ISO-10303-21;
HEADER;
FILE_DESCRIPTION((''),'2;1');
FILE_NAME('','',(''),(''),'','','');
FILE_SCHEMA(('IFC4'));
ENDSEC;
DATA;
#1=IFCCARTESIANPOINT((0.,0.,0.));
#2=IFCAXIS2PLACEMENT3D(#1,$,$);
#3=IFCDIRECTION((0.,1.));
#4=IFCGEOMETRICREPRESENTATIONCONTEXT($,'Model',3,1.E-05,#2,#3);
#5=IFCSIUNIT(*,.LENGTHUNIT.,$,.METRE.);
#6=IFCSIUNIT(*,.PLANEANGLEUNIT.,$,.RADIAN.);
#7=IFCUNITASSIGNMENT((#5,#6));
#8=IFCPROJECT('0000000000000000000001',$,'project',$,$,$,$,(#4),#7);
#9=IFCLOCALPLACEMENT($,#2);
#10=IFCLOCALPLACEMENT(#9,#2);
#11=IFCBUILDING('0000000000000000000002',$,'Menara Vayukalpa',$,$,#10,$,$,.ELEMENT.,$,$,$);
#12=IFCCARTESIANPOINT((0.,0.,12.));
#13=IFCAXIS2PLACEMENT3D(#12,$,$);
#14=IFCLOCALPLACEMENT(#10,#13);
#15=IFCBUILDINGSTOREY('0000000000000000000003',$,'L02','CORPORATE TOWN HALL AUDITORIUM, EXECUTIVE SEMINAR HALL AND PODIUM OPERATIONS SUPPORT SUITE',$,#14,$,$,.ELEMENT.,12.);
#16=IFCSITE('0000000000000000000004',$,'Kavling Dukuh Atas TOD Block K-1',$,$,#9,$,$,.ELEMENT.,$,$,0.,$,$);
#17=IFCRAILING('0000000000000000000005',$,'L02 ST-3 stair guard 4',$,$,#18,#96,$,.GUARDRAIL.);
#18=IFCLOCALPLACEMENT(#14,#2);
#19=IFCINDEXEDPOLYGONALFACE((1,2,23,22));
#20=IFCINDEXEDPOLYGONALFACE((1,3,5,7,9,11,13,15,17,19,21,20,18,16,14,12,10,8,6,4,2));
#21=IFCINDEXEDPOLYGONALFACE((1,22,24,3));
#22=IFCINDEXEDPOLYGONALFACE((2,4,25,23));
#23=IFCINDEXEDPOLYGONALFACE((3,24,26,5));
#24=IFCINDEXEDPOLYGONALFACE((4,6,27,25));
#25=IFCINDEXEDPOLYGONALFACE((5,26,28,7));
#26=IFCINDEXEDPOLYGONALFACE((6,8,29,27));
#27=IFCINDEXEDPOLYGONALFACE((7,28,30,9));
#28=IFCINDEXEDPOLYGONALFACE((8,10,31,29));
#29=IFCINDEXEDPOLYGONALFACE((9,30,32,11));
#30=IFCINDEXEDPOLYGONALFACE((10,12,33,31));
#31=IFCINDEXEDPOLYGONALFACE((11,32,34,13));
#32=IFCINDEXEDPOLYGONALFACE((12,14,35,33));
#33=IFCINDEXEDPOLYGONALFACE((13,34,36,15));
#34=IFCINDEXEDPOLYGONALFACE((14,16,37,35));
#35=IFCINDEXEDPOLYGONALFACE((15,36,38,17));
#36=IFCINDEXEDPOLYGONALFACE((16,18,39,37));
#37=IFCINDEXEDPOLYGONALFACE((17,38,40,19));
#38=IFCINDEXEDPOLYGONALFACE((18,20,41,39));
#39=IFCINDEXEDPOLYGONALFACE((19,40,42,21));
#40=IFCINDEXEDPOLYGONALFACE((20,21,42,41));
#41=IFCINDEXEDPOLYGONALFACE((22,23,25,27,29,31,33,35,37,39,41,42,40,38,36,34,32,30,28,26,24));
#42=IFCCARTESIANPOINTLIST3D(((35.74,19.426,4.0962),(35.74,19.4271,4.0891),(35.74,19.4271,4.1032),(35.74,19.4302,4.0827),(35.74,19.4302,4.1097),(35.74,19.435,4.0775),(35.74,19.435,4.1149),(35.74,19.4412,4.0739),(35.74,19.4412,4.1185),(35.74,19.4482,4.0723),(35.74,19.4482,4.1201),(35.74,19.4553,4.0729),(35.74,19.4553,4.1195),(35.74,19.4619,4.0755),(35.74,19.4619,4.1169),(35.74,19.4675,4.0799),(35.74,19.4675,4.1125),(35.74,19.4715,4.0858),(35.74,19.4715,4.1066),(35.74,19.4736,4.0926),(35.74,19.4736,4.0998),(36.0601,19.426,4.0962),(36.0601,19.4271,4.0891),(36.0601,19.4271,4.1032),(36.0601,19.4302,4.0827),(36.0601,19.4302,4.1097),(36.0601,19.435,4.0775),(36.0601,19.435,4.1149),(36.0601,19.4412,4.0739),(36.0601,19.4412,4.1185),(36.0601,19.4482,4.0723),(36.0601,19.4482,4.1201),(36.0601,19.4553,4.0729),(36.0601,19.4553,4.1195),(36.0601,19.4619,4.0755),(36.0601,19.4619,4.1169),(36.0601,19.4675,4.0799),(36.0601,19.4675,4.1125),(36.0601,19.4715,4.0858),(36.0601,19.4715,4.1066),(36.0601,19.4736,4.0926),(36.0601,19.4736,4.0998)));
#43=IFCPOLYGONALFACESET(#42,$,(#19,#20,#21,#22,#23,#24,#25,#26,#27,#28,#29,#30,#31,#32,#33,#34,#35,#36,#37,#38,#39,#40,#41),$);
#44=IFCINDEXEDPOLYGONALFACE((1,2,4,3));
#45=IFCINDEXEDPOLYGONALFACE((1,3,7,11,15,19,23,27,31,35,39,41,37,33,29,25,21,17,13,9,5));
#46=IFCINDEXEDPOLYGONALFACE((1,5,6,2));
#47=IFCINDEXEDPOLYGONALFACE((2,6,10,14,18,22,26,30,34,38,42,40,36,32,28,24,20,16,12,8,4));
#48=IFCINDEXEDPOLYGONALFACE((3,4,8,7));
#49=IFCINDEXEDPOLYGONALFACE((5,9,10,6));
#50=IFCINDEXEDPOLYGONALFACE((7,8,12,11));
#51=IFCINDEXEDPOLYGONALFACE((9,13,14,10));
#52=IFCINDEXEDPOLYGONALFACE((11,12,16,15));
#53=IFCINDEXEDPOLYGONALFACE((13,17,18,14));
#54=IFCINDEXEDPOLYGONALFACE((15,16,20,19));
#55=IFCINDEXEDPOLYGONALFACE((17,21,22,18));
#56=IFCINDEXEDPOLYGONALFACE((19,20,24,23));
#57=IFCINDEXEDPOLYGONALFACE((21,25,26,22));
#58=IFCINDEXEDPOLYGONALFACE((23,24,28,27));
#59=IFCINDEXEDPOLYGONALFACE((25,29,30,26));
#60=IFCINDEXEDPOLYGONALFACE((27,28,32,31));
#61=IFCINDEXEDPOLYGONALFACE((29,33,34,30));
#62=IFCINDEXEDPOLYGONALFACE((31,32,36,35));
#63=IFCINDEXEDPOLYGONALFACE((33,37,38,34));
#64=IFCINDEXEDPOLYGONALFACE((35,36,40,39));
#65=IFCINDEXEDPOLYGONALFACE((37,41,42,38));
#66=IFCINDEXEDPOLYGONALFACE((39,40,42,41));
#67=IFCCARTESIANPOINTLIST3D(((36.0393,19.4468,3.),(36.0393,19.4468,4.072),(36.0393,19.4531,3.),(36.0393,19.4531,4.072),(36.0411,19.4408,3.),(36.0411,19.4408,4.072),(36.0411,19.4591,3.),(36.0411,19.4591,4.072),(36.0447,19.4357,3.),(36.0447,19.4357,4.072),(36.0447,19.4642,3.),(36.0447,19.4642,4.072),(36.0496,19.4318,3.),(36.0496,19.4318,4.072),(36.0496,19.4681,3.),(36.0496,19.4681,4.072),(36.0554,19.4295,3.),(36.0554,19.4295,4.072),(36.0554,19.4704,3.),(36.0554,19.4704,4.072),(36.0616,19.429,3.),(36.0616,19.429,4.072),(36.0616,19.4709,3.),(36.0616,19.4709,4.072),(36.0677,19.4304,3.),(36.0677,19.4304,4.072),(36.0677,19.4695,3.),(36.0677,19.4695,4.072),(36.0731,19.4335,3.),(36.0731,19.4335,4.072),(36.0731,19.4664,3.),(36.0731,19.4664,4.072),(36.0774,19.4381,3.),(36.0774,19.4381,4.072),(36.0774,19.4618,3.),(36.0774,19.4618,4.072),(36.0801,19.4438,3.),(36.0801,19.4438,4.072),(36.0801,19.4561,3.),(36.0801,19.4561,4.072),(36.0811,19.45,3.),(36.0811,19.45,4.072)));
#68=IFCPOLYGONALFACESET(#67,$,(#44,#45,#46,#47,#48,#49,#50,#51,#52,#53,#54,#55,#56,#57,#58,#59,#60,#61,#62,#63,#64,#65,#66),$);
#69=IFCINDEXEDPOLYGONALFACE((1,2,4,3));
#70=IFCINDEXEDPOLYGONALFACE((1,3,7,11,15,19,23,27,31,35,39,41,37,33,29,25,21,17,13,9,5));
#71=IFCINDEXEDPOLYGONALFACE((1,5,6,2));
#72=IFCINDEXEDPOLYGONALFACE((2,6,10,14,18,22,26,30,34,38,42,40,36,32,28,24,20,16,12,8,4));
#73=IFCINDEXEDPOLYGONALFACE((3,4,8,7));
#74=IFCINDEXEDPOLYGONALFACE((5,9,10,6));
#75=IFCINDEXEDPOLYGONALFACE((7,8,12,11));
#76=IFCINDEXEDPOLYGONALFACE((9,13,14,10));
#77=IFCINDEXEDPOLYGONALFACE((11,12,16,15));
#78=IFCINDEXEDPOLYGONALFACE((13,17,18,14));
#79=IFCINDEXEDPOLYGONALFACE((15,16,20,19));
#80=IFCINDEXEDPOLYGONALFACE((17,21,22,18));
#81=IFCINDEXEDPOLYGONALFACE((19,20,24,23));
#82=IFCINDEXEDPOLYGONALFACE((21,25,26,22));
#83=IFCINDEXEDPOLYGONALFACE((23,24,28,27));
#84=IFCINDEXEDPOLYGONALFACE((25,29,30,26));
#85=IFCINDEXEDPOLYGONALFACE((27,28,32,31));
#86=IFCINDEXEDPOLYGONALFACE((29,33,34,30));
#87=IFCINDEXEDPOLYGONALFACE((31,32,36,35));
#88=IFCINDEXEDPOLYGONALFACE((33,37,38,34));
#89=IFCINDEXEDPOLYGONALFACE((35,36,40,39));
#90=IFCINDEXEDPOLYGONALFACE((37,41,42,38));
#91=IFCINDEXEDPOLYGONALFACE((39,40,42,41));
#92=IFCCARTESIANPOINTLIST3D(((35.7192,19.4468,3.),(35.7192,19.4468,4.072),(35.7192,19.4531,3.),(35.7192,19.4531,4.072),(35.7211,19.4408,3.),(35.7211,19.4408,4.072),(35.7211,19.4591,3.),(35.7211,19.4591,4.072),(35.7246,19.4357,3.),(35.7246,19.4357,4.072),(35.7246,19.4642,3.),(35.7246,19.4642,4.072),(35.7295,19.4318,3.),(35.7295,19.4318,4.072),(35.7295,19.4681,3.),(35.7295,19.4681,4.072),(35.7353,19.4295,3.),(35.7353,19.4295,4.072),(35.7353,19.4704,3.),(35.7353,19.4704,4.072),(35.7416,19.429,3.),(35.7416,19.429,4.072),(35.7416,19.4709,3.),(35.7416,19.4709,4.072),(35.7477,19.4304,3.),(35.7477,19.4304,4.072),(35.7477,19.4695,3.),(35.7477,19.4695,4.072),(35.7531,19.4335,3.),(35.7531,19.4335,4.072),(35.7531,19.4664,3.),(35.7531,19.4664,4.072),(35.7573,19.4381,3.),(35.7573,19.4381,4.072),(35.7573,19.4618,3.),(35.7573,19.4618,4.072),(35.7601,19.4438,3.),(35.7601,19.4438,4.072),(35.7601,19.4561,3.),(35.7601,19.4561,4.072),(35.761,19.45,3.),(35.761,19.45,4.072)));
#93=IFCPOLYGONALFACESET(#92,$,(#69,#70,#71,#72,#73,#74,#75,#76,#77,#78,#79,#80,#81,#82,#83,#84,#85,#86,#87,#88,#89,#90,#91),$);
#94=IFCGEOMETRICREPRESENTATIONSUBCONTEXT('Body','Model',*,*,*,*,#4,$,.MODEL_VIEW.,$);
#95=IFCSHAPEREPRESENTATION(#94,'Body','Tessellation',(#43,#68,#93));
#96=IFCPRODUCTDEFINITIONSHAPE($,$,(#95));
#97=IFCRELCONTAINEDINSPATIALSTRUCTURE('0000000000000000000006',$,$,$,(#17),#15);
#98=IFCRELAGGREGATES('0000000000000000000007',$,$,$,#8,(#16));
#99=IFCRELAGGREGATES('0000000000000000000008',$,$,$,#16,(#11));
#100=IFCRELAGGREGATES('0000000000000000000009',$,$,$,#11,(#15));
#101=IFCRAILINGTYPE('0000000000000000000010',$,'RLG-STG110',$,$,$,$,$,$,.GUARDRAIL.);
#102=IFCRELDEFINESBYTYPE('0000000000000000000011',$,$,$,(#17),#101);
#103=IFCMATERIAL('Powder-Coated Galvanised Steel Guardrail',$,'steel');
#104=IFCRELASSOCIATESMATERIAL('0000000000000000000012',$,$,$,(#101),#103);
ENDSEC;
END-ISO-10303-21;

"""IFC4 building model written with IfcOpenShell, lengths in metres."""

from ifc_helpers import new_model, si_unit, direction, frame, origin, origin_2d, place, context, subcontext, project, spatial, circle, extrude, material, type_object, element, save


model = new_model("IFC4")

# Units and contexts
model_context = context("Model", 3, precision=1e-05, world=origin(), true_north=direction((0.0, 1.0)))
body_context = subcontext(model_context, "Body", "Model", "MODEL_VIEW")
ifc_project = project(units=[si_unit("LENGTHUNIT", "METRE"), si_unit("PLANEANGLEUNIT", "RADIAN")], contexts=[model_context])

# Site, building, storey
site_placement = place(None, origin())
site = spatial("IfcSite", under=ifc_project, at=site_placement, Name="Kavling Dukuh Atas TOD Block K-1", CompositionType="ELEMENT", RefElevation=0.0)
building_placement = place(site_placement, origin())
building = spatial("IfcBuilding", under=site, at=building_placement, Name="Menara Vayukalpa", CompositionType="ELEMENT")
storey_placement = place(building_placement, frame((0.0, 0.0, 12.0)))
storey = spatial("IfcBuildingStorey", under=building, at=storey_placement, Name="L02", Description="CORPORATE TOWN HALL AUDITORIUM, EXECUTIVE SEMINAR HALL AND PODIUM OPERATIONS SUPPORT SUITE", CompositionType="ELEMENT", Elevation=12.0)

# Railing
ifc_material_1 = material(Name="Powder-Coated Galvanised Steel Guardrail", Category="steel")
railing_type_1 = type_object("IfcRailingType", Name="RLG-STG110", PredefinedType="GUARDRAIL", material=ifc_material_1)
railing_1_placement = place(storey_placement, frame((36.0601, 19.45, 3.0)))
element("IfcRailing", 1, at=railing_1_placement, inside=storey, type_object=railing_type_1, Name="L02 ST-3 stair guard 4", PredefinedType="GUARDRAIL", context=body_context, shape_type="SweptSolid", body=[
    extrude(circle(Radius=0.0239, at=origin_2d()), frame((0.0, 0.0, 1.0962), z_axis=(-1.0, 0.0, 0.0), x_axis=(0.0, -1.0, 0.0)), (0.0, 0.0, 1.0), 0.3201),
    extrude(circle(Radius=0.021, at=origin_2d()), origin(), (0.0, 0.0, 1.0), 1.072),
    extrude(circle(Radius=0.021, at=origin_2d()), frame((-0.3201, 0.0, 0.0)), (0.0, 0.0, 1.0), 1.072),
])

save(model, "model.ifc")
